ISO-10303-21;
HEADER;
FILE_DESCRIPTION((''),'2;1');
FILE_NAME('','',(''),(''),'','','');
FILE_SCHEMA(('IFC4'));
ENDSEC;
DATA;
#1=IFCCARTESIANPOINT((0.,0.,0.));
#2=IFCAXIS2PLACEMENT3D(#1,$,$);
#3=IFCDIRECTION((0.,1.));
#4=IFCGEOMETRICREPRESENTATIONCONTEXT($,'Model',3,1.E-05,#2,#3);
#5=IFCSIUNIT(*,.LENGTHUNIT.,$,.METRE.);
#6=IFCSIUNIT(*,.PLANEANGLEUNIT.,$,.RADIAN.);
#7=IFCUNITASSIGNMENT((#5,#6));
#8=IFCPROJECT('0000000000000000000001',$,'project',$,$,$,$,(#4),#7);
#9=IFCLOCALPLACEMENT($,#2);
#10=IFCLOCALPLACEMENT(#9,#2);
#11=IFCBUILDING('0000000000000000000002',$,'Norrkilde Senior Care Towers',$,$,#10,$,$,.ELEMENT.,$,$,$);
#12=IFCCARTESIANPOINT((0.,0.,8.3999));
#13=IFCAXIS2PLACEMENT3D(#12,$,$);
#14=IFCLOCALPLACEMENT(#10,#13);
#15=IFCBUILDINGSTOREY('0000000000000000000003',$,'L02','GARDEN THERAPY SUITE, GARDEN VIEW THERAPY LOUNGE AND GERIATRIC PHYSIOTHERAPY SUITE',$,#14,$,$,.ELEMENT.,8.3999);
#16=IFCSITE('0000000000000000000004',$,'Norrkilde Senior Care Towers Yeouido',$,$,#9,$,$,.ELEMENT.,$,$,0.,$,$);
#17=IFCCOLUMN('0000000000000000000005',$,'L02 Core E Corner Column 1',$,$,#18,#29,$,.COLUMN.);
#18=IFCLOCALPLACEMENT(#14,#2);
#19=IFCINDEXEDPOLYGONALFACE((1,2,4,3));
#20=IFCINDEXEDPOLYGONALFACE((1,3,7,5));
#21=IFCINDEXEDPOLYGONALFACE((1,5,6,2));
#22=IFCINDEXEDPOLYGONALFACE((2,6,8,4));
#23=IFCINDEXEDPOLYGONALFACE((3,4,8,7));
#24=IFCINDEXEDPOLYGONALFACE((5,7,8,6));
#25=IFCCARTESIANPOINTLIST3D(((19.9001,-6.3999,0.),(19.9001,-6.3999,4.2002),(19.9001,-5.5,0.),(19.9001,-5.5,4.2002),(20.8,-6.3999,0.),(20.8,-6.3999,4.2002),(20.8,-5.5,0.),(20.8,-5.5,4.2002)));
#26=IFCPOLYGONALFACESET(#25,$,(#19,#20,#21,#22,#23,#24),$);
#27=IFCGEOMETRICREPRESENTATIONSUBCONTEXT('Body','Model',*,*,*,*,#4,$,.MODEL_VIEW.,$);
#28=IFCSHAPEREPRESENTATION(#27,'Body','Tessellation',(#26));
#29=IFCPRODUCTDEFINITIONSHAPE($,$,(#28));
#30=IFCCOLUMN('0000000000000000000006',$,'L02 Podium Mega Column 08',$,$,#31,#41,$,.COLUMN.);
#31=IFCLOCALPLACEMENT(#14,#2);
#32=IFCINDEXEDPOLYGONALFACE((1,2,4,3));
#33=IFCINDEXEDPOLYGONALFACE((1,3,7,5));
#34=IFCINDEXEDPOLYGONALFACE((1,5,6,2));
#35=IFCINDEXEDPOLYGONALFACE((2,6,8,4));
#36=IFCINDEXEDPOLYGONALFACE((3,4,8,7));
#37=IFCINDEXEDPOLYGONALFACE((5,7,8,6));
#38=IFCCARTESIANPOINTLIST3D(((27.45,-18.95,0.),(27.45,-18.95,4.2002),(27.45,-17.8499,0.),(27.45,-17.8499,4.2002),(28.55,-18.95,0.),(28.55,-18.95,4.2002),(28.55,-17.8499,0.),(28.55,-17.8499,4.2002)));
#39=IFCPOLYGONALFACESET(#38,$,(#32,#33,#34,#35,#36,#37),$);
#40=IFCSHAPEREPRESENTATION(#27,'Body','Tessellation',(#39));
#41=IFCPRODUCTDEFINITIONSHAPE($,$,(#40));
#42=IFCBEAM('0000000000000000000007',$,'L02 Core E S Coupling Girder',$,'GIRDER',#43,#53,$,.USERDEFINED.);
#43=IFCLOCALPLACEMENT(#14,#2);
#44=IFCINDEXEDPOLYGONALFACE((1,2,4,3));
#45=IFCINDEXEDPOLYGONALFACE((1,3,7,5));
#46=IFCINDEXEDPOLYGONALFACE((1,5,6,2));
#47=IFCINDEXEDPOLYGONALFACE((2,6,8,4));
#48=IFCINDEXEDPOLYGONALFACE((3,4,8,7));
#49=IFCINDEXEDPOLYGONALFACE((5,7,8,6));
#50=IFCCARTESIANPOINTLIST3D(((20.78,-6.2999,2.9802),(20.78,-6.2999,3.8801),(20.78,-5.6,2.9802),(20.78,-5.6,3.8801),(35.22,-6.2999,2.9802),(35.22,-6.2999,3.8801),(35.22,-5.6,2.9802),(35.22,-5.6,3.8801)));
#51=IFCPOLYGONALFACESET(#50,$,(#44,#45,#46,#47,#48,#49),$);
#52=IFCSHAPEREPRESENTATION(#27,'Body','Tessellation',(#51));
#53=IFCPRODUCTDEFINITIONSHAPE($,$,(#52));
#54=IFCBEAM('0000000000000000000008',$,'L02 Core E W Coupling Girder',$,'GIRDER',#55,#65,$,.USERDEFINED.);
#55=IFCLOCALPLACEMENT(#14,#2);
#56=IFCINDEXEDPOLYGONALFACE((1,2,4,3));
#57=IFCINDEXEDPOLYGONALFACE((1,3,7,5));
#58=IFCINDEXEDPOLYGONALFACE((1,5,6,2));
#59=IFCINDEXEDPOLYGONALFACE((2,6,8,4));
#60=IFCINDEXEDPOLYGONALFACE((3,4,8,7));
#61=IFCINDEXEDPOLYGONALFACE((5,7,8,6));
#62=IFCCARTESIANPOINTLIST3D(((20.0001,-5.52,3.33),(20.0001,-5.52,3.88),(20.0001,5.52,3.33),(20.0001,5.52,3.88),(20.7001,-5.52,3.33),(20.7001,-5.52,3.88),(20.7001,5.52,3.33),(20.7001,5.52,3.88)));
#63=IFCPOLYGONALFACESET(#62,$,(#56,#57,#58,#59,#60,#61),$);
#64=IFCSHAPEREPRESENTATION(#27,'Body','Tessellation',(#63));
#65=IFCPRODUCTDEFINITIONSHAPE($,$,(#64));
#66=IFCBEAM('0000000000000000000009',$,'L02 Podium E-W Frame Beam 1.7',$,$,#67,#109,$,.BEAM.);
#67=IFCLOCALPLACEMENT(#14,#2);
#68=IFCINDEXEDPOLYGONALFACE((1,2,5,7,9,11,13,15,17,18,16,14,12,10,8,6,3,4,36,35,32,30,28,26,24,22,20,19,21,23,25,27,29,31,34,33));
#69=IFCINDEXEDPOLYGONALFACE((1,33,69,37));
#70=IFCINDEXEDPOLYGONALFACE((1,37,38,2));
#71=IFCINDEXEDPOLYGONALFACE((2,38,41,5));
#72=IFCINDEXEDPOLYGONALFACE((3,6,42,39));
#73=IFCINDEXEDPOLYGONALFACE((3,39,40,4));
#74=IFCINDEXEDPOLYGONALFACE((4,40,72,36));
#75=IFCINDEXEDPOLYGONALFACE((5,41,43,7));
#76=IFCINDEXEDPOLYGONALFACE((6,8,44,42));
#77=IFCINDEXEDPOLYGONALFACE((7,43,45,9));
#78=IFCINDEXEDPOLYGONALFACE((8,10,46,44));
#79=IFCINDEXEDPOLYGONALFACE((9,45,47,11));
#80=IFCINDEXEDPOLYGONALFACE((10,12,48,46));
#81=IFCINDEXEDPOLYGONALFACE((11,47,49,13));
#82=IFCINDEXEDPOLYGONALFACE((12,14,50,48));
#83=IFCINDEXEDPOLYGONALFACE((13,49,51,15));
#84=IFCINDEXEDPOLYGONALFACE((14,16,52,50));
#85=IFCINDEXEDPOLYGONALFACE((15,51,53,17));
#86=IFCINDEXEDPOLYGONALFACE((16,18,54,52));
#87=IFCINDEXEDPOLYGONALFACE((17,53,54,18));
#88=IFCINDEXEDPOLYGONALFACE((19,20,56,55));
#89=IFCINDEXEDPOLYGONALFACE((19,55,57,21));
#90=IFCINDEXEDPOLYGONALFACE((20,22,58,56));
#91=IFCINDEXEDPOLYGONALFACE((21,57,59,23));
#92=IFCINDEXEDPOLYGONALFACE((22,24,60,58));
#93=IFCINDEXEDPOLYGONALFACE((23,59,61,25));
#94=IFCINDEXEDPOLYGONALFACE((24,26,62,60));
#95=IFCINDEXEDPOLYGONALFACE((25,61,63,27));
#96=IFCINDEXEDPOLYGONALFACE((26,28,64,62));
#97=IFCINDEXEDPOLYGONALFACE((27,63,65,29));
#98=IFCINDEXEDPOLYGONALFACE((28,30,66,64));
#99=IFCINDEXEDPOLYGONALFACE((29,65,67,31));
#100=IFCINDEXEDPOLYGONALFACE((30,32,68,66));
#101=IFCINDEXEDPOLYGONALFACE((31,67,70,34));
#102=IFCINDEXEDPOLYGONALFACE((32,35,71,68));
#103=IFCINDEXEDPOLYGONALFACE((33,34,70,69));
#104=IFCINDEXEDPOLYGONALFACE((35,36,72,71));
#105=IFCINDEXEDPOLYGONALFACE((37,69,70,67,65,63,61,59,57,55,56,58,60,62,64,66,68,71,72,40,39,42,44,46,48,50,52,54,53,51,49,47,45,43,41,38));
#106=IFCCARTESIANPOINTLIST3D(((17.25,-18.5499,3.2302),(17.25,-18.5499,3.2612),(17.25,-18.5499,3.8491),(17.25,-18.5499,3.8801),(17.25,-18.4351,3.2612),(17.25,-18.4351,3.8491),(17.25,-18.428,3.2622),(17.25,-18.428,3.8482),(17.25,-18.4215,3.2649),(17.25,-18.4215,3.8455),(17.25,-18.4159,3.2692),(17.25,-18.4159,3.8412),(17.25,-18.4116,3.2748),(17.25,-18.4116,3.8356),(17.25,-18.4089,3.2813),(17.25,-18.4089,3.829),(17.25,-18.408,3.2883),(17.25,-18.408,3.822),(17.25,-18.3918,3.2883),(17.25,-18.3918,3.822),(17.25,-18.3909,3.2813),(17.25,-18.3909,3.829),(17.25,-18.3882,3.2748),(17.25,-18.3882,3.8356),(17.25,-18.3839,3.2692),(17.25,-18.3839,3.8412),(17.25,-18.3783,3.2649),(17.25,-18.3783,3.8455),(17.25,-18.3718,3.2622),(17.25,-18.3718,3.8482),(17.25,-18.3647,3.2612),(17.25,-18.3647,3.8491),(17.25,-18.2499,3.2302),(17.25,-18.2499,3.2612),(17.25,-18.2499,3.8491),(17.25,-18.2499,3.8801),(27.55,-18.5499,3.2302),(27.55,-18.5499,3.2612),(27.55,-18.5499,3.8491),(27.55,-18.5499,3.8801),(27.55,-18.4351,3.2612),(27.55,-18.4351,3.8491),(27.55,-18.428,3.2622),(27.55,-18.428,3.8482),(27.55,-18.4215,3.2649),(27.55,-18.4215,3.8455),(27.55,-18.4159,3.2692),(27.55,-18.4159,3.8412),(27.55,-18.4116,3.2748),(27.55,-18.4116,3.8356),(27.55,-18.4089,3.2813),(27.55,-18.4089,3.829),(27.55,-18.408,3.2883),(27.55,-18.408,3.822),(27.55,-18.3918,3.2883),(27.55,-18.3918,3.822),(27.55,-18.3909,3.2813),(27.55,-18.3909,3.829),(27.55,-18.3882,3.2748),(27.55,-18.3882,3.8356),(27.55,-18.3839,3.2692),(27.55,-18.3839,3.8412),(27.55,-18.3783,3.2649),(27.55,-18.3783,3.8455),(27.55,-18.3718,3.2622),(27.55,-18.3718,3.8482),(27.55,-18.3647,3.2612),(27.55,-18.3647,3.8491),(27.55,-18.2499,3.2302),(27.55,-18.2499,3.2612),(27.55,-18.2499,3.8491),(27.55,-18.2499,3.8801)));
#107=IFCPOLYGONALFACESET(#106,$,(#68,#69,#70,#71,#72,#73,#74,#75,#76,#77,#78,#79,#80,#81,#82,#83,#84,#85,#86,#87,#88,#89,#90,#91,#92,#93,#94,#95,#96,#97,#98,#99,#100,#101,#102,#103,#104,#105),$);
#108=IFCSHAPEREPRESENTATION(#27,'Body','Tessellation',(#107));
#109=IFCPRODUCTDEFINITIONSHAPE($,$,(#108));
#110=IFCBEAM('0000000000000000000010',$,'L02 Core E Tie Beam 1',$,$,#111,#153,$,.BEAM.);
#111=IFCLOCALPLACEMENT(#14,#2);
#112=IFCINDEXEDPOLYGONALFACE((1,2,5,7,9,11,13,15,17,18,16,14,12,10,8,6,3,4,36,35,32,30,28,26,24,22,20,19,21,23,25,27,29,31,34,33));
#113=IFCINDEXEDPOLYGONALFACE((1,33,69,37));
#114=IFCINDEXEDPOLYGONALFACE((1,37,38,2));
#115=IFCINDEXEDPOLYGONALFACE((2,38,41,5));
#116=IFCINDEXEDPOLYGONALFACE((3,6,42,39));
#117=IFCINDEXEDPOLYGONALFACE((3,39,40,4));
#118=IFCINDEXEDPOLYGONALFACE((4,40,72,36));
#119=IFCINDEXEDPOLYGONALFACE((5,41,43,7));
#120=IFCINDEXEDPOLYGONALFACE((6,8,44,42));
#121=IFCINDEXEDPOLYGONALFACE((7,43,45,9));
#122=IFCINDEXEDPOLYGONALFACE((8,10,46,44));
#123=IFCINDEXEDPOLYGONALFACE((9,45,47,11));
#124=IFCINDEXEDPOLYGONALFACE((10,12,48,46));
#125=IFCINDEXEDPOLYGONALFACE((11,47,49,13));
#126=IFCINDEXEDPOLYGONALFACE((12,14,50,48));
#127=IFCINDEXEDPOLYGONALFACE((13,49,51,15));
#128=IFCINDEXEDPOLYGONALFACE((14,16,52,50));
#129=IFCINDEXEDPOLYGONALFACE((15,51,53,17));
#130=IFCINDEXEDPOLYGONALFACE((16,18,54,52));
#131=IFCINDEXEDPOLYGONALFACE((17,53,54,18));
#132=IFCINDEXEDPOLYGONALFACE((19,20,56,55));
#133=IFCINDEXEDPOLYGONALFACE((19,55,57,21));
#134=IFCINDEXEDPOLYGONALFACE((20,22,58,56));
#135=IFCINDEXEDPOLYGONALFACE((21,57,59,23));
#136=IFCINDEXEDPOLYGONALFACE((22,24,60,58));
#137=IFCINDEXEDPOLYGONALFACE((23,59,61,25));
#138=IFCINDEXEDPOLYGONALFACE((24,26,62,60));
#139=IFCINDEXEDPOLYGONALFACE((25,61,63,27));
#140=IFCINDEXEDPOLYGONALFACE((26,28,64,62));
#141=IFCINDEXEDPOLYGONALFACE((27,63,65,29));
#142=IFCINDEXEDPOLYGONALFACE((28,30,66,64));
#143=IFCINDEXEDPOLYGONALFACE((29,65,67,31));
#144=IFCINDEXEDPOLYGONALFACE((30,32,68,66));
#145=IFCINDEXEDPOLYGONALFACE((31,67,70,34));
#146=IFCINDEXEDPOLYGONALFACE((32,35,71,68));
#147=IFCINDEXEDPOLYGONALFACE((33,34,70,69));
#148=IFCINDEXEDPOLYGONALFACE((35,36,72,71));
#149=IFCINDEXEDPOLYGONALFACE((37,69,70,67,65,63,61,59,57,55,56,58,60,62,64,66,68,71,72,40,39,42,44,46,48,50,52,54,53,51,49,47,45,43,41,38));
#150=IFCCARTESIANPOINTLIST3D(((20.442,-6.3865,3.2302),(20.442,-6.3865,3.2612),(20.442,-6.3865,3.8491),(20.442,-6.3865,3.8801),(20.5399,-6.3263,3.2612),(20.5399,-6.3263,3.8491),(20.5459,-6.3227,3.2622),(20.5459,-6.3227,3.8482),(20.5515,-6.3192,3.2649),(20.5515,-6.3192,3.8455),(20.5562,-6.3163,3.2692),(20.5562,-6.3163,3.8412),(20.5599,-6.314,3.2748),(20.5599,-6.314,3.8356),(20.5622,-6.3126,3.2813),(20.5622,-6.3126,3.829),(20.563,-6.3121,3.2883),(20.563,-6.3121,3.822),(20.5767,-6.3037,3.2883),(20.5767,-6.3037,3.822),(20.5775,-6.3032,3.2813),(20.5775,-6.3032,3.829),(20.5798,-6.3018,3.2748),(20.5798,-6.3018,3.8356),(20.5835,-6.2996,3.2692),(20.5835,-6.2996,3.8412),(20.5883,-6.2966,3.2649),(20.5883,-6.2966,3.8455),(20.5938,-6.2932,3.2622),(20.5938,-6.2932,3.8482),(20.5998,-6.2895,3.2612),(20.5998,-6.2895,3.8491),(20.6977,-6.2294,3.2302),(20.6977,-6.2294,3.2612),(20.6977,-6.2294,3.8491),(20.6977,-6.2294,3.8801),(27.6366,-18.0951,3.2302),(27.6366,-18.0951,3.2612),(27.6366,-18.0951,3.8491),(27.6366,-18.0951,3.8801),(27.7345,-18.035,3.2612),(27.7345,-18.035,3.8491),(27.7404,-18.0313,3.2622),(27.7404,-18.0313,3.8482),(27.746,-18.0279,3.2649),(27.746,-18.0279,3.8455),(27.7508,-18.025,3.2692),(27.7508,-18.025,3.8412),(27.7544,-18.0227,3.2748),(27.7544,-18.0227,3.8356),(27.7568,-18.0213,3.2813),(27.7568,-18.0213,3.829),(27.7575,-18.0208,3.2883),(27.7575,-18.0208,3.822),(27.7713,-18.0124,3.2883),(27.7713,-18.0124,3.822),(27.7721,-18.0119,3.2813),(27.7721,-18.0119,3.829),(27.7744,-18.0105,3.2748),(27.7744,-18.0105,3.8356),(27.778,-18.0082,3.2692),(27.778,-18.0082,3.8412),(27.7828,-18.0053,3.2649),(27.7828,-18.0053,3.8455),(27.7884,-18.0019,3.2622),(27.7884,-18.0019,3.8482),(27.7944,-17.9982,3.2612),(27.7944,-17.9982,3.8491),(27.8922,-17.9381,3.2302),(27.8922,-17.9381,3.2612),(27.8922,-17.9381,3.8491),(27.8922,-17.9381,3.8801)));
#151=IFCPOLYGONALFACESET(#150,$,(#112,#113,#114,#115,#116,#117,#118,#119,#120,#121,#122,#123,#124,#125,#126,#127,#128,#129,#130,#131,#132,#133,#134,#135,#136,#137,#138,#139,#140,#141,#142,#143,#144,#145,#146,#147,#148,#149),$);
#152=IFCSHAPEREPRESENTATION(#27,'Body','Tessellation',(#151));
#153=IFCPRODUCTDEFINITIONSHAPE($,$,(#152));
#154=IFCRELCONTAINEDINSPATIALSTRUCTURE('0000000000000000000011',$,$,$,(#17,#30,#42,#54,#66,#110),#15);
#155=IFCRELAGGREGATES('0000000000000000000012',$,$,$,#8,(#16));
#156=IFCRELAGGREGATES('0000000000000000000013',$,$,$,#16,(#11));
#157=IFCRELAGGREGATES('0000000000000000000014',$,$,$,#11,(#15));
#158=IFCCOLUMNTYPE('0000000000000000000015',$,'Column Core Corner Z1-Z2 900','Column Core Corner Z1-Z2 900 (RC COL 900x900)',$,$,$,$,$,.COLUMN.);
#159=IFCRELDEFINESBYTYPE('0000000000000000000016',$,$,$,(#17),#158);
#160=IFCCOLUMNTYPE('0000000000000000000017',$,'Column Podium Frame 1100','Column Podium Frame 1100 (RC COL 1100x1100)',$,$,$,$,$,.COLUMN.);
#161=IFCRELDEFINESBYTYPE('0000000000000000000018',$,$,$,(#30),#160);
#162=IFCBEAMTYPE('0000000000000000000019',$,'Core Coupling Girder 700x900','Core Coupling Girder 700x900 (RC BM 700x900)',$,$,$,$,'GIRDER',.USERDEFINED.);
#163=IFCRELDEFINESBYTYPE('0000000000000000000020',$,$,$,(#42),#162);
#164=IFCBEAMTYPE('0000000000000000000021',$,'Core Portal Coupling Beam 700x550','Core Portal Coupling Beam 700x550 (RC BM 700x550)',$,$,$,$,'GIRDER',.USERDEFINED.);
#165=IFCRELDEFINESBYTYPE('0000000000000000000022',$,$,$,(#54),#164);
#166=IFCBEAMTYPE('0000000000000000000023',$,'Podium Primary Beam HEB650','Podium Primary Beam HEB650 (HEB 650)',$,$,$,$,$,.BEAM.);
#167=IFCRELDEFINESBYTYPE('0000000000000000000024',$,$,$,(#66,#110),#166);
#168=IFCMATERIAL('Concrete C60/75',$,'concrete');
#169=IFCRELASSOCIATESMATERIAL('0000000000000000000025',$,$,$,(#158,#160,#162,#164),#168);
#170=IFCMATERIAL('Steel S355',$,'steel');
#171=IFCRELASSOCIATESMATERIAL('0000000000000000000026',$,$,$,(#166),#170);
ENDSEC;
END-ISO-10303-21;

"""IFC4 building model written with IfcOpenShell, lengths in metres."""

from ifc_helpers import new_model, si_unit, direction, frame, origin, origin_2d, place, context, subcontext, project, spatial, rectangle, i_section, extrude, source, transform, mapped, material, material_profile, profile_set, type_object, type_shapes, element, save


model = new_model("IFC4")

# Units and contexts
model_context = context("Model", 3, precision=1e-05, world=origin(), true_north=direction((0.0, 1.0)))
body_context = subcontext(model_context, "Body", "Model", "MODEL_VIEW")
ifc_project = project(units=[si_unit("LENGTHUNIT", "METRE"), si_unit("PLANEANGLEUNIT", "RADIAN")], contexts=[model_context])

# Site, building, storey
site_placement = place(None, origin())
site = spatial("IfcSite", under=ifc_project, at=site_placement, Name="Norrkilde Senior Care Towers Yeouido", CompositionType="ELEMENT", RefElevation=0.0)
building_placement = place(site_placement, origin())
building = spatial("IfcBuilding", under=site, at=building_placement, Name="Norrkilde Senior Care Towers", CompositionType="ELEMENT")
storey_placement = place(building_placement, frame((0.0, 0.0, 8.3999)))
storey = spatial("IfcBuildingStorey", under=building, at=storey_placement, Name="L02", Description="GARDEN THERAPY SUITE, GARDEN VIEW THERAPY LOUNGE AND GERIATRIC PHYSIOTHERAPY SUITE", CompositionType="ELEMENT", Elevation=8.3999)

# Columns
ifc_material_1 = material(Name="Concrete C60/75", Category="concrete")
ifc_material_profile_1 = material_profile(ifc_material_1, rectangle(XDim=0.8999, YDim=0.8999, at=origin_2d()), Name="RC COL 900x900")
ifc_profile_set_1 = profile_set([ifc_material_profile_1], Name="Concrete C60/75")
column_type_1 = type_object("IfcColumnType", Name="Column Core Corner Z1-Z2 900", Description="Column Core Corner Z1-Z2 900 (RC COL 900x900)", PredefinedType="COLUMN", material=ifc_profile_set_1)
shared_shape_1 = source(origin(), body_context, "Body", "SweptSolid", [
    extrude(rectangle(XDim=0.8999, YDim=0.8999, at=origin_2d()), origin(), (0.0, 0.0, 1.0), 4.2002),
])
type_shapes(column_type_1, [shared_shape_1])
column_1_placement = place(storey_placement, frame((20.3501, -5.95, 0.0), z_axis=(0.0, 0.0, 1.0), x_axis=(1.0, 0.0, 0.0)))
element("IfcColumn", 1, at=column_1_placement, inside=storey, type_object=column_type_1, Name="L02 Core E Corner Column 1", PredefinedType="COLUMN", context=body_context, shape_type="MappedRepresentation", body=[
    mapped(shared_shape_1, transform((0.0, 0.0, 0.0), x_axis=(1.0, 0.0, 0.0), y_axis=(0.0, 1.0, 0.0), z_axis=(0.0, 0.0, 1.0), scale=1.0)),
])
ifc_material_profile_2 = material_profile(ifc_material_1, rectangle(XDim=1.1001, YDim=1.1001, at=origin_2d()), Name="RC COL 1100x1100")
ifc_profile_set_2 = profile_set([ifc_material_profile_2], Name="Concrete C60/75")
column_type_2 = type_object("IfcColumnType", Name="Column Podium Frame 1100", Description="Column Podium Frame 1100 (RC COL 1100x1100)", PredefinedType="COLUMN", material=ifc_profile_set_2)
shared_shape_2 = source(origin(), body_context, "Body", "SweptSolid", [
    extrude(rectangle(XDim=1.1001, YDim=1.1001, at=origin_2d()), origin(), (0.0, 0.0, 1.0), 4.2002),
])
type_shapes(column_type_2, [shared_shape_2])
column_2_placement = place(storey_placement, frame((28.0, -18.3999, 0.0), z_axis=(0.0, 0.0, 1.0), x_axis=(1.0, 0.0, 0.0)))
element("IfcColumn", 2, at=column_2_placement, inside=storey, type_object=column_type_2, Name="L02 Podium Mega Column 08", PredefinedType="COLUMN", context=body_context, shape_type="MappedRepresentation", body=[
    mapped(shared_shape_2, transform((0.0, 0.0, 0.0), x_axis=(1.0, 0.0, 0.0), y_axis=(0.0, 1.0, 0.0), z_axis=(0.0, 0.0, 1.0), scale=1.0)),
])

# Beams
ifc_material_profile_3 = material_profile(ifc_material_1, rectangle(XDim=0.7, YDim=0.8999, at=origin_2d()), Name="RC BM 700x900")
ifc_profile_set_3 = profile_set([ifc_material_profile_3], Name="Concrete C60/75")
beam_type_1 = type_object("IfcBeamType", Name="Core Coupling Girder 700x900", Description="Core Coupling Girder 700x900 (RC BM 700x900)", ElementType="GIRDER", PredefinedType="USERDEFINED", material=ifc_profile_set_3)
shared_shape_3 = source(origin(), body_context, "Body", "SweptSolid", [
    extrude(rectangle(XDim=0.7, YDim=0.8999, at=origin_2d()), origin(), (0.0, 0.0, 1.0), 14.4399),
])
type_shapes(beam_type_1, [shared_shape_3])
beam_1_placement = place(storey_placement, frame((20.78, -5.95, 3.4302), z_axis=(1.0, 0.0, 0.0), x_axis=(0.0, 1.0, 0.0)))
element("IfcBeam", 3, at=beam_1_placement, inside=storey, type_object=beam_type_1, Name="L02 Core E S Coupling Girder", ObjectType="GIRDER", PredefinedType="USERDEFINED", context=body_context, shape_type="MappedRepresentation", body=[
    mapped(shared_shape_3, transform((0.0, 0.0, 0.0), x_axis=(1.0, 0.0, 0.0), y_axis=(0.0, 1.0, 0.0), z_axis=(0.0, 0.0, 1.0), scale=1.0)),
])
ifc_material_profile_4 = material_profile(ifc_material_1, rectangle(XDim=0.7, YDim=0.55, at=origin_2d()), Name="RC BM 700x550")
ifc_profile_set_4 = profile_set([ifc_material_profile_4], Name="Concrete C60/75")
beam_type_2 = type_object("IfcBeamType", Name="Core Portal Coupling Beam 700x550", Description="Core Portal Coupling Beam 700x550 (RC BM 700x550)", ElementType="GIRDER", PredefinedType="USERDEFINED", material=ifc_profile_set_4)
shared_shape_4 = source(origin(), body_context, "Body", "SweptSolid", [
    extrude(rectangle(XDim=0.7, YDim=0.55, at=origin_2d()), origin(), (0.0, 0.0, 1.0), 11.04),
])
type_shapes(beam_type_2, [shared_shape_4])
beam_2_placement = place(storey_placement, frame((20.3501, -5.52, 3.605), z_axis=(0.0, 1.0, 0.0), x_axis=(-1.0, 0.0, 0.0)))
element("IfcBeam", 4, at=beam_2_placement, inside=storey, type_object=beam_type_2, Name="L02 Core E W Coupling Girder", ObjectType="GIRDER", PredefinedType="USERDEFINED", context=body_context, shape_type="MappedRepresentation", body=[
    mapped(shared_shape_4, transform((0.0, 0.0, 0.0), x_axis=(1.0, 0.0, 0.0), y_axis=(0.0, 1.0, 0.0), z_axis=(0.0, 0.0, 1.0), scale=1.0)),
])
ifc_material_2 = material(Name="Steel S355", Category="steel")
ifc_material_profile_5 = material_profile(ifc_material_2, i_section(OverallWidth=0.3, OverallDepth=0.6499, WebThickness=0.0161, FlangeThickness=0.031, FilletRadius=0.0271, at=origin_2d()), Name="HEB 650")
ifc_profile_set_5 = profile_set([ifc_material_profile_5], Name="Steel S355")
beam_type_3 = type_object("IfcBeamType", Name="Podium Primary Beam HEB650", Description="Podium Primary Beam HEB650 (HEB 650)", PredefinedType="BEAM", material=ifc_profile_set_5)
shared_shape_5 = source(origin(), body_context, "Body", "SweptSolid", [
    extrude(i_section(OverallWidth=0.3, OverallDepth=0.6499, WebThickness=0.0161, FlangeThickness=0.031, FilletRadius=0.0271, at=origin_2d()), origin(), (0.0, 0.0, 1.0), 10.3),
])
beam_3_placement = place(storey_placement, frame((17.25, -18.3999, 3.5552), z_axis=(1.0, 0.0, 0.0), x_axis=(0.0, 1.0, 0.0)))
element("IfcBeam", 5, at=beam_3_placement, inside=storey, type_object=beam_type_3, Name="L02 Podium E-W Frame Beam 1.7", PredefinedType="BEAM", context=body_context, shape_type="MappedRepresentation", body=[
    mapped(shared_shape_5, transform((0.0, 0.0, 0.0), x_axis=(1.0, 0.0, 0.0), y_axis=(0.0, 1.0, 0.0), z_axis=(0.0, 0.0, 1.0), scale=1.0)),
])
shared_shape_6 = source(origin(), body_context, "Body", "SweptSolid", [
    extrude(i_section(OverallWidth=0.3, OverallDepth=0.6499, WebThickness=0.0161, FlangeThickness=0.031, FilletRadius=0.0271, at=origin_2d()), origin(), (0.0, 0.0, 1.0), 13.7424),
])
type_shapes(beam_type_3, [shared_shape_5, shared_shape_6])
for number, where, z_axis, x_axis, name in (
    (6, (27.7644, -18.0166, 3.5552), (-0.523527, 0.852009, 0.0), (-0.852009, -0.523527, 0.0), "L02 Core E Tie Beam 1"),
):
    element("IfcBeam", number, at=place(storey_placement, frame(where, z_axis=z_axis, x_axis=x_axis)), inside=storey, type_object=beam_type_3, Name=name, PredefinedType="BEAM", context=body_context, shape_type="MappedRepresentation", body=[
        mapped(shared_shape_6, transform((0.0, 0.0, 0.0), x_axis=(1.0, 0.0, 0.0), y_axis=(0.0, 1.0, 0.0), z_axis=(0.0, 0.0, 1.0), scale=1.0)),
    ])

save(model, "model.ifc")
